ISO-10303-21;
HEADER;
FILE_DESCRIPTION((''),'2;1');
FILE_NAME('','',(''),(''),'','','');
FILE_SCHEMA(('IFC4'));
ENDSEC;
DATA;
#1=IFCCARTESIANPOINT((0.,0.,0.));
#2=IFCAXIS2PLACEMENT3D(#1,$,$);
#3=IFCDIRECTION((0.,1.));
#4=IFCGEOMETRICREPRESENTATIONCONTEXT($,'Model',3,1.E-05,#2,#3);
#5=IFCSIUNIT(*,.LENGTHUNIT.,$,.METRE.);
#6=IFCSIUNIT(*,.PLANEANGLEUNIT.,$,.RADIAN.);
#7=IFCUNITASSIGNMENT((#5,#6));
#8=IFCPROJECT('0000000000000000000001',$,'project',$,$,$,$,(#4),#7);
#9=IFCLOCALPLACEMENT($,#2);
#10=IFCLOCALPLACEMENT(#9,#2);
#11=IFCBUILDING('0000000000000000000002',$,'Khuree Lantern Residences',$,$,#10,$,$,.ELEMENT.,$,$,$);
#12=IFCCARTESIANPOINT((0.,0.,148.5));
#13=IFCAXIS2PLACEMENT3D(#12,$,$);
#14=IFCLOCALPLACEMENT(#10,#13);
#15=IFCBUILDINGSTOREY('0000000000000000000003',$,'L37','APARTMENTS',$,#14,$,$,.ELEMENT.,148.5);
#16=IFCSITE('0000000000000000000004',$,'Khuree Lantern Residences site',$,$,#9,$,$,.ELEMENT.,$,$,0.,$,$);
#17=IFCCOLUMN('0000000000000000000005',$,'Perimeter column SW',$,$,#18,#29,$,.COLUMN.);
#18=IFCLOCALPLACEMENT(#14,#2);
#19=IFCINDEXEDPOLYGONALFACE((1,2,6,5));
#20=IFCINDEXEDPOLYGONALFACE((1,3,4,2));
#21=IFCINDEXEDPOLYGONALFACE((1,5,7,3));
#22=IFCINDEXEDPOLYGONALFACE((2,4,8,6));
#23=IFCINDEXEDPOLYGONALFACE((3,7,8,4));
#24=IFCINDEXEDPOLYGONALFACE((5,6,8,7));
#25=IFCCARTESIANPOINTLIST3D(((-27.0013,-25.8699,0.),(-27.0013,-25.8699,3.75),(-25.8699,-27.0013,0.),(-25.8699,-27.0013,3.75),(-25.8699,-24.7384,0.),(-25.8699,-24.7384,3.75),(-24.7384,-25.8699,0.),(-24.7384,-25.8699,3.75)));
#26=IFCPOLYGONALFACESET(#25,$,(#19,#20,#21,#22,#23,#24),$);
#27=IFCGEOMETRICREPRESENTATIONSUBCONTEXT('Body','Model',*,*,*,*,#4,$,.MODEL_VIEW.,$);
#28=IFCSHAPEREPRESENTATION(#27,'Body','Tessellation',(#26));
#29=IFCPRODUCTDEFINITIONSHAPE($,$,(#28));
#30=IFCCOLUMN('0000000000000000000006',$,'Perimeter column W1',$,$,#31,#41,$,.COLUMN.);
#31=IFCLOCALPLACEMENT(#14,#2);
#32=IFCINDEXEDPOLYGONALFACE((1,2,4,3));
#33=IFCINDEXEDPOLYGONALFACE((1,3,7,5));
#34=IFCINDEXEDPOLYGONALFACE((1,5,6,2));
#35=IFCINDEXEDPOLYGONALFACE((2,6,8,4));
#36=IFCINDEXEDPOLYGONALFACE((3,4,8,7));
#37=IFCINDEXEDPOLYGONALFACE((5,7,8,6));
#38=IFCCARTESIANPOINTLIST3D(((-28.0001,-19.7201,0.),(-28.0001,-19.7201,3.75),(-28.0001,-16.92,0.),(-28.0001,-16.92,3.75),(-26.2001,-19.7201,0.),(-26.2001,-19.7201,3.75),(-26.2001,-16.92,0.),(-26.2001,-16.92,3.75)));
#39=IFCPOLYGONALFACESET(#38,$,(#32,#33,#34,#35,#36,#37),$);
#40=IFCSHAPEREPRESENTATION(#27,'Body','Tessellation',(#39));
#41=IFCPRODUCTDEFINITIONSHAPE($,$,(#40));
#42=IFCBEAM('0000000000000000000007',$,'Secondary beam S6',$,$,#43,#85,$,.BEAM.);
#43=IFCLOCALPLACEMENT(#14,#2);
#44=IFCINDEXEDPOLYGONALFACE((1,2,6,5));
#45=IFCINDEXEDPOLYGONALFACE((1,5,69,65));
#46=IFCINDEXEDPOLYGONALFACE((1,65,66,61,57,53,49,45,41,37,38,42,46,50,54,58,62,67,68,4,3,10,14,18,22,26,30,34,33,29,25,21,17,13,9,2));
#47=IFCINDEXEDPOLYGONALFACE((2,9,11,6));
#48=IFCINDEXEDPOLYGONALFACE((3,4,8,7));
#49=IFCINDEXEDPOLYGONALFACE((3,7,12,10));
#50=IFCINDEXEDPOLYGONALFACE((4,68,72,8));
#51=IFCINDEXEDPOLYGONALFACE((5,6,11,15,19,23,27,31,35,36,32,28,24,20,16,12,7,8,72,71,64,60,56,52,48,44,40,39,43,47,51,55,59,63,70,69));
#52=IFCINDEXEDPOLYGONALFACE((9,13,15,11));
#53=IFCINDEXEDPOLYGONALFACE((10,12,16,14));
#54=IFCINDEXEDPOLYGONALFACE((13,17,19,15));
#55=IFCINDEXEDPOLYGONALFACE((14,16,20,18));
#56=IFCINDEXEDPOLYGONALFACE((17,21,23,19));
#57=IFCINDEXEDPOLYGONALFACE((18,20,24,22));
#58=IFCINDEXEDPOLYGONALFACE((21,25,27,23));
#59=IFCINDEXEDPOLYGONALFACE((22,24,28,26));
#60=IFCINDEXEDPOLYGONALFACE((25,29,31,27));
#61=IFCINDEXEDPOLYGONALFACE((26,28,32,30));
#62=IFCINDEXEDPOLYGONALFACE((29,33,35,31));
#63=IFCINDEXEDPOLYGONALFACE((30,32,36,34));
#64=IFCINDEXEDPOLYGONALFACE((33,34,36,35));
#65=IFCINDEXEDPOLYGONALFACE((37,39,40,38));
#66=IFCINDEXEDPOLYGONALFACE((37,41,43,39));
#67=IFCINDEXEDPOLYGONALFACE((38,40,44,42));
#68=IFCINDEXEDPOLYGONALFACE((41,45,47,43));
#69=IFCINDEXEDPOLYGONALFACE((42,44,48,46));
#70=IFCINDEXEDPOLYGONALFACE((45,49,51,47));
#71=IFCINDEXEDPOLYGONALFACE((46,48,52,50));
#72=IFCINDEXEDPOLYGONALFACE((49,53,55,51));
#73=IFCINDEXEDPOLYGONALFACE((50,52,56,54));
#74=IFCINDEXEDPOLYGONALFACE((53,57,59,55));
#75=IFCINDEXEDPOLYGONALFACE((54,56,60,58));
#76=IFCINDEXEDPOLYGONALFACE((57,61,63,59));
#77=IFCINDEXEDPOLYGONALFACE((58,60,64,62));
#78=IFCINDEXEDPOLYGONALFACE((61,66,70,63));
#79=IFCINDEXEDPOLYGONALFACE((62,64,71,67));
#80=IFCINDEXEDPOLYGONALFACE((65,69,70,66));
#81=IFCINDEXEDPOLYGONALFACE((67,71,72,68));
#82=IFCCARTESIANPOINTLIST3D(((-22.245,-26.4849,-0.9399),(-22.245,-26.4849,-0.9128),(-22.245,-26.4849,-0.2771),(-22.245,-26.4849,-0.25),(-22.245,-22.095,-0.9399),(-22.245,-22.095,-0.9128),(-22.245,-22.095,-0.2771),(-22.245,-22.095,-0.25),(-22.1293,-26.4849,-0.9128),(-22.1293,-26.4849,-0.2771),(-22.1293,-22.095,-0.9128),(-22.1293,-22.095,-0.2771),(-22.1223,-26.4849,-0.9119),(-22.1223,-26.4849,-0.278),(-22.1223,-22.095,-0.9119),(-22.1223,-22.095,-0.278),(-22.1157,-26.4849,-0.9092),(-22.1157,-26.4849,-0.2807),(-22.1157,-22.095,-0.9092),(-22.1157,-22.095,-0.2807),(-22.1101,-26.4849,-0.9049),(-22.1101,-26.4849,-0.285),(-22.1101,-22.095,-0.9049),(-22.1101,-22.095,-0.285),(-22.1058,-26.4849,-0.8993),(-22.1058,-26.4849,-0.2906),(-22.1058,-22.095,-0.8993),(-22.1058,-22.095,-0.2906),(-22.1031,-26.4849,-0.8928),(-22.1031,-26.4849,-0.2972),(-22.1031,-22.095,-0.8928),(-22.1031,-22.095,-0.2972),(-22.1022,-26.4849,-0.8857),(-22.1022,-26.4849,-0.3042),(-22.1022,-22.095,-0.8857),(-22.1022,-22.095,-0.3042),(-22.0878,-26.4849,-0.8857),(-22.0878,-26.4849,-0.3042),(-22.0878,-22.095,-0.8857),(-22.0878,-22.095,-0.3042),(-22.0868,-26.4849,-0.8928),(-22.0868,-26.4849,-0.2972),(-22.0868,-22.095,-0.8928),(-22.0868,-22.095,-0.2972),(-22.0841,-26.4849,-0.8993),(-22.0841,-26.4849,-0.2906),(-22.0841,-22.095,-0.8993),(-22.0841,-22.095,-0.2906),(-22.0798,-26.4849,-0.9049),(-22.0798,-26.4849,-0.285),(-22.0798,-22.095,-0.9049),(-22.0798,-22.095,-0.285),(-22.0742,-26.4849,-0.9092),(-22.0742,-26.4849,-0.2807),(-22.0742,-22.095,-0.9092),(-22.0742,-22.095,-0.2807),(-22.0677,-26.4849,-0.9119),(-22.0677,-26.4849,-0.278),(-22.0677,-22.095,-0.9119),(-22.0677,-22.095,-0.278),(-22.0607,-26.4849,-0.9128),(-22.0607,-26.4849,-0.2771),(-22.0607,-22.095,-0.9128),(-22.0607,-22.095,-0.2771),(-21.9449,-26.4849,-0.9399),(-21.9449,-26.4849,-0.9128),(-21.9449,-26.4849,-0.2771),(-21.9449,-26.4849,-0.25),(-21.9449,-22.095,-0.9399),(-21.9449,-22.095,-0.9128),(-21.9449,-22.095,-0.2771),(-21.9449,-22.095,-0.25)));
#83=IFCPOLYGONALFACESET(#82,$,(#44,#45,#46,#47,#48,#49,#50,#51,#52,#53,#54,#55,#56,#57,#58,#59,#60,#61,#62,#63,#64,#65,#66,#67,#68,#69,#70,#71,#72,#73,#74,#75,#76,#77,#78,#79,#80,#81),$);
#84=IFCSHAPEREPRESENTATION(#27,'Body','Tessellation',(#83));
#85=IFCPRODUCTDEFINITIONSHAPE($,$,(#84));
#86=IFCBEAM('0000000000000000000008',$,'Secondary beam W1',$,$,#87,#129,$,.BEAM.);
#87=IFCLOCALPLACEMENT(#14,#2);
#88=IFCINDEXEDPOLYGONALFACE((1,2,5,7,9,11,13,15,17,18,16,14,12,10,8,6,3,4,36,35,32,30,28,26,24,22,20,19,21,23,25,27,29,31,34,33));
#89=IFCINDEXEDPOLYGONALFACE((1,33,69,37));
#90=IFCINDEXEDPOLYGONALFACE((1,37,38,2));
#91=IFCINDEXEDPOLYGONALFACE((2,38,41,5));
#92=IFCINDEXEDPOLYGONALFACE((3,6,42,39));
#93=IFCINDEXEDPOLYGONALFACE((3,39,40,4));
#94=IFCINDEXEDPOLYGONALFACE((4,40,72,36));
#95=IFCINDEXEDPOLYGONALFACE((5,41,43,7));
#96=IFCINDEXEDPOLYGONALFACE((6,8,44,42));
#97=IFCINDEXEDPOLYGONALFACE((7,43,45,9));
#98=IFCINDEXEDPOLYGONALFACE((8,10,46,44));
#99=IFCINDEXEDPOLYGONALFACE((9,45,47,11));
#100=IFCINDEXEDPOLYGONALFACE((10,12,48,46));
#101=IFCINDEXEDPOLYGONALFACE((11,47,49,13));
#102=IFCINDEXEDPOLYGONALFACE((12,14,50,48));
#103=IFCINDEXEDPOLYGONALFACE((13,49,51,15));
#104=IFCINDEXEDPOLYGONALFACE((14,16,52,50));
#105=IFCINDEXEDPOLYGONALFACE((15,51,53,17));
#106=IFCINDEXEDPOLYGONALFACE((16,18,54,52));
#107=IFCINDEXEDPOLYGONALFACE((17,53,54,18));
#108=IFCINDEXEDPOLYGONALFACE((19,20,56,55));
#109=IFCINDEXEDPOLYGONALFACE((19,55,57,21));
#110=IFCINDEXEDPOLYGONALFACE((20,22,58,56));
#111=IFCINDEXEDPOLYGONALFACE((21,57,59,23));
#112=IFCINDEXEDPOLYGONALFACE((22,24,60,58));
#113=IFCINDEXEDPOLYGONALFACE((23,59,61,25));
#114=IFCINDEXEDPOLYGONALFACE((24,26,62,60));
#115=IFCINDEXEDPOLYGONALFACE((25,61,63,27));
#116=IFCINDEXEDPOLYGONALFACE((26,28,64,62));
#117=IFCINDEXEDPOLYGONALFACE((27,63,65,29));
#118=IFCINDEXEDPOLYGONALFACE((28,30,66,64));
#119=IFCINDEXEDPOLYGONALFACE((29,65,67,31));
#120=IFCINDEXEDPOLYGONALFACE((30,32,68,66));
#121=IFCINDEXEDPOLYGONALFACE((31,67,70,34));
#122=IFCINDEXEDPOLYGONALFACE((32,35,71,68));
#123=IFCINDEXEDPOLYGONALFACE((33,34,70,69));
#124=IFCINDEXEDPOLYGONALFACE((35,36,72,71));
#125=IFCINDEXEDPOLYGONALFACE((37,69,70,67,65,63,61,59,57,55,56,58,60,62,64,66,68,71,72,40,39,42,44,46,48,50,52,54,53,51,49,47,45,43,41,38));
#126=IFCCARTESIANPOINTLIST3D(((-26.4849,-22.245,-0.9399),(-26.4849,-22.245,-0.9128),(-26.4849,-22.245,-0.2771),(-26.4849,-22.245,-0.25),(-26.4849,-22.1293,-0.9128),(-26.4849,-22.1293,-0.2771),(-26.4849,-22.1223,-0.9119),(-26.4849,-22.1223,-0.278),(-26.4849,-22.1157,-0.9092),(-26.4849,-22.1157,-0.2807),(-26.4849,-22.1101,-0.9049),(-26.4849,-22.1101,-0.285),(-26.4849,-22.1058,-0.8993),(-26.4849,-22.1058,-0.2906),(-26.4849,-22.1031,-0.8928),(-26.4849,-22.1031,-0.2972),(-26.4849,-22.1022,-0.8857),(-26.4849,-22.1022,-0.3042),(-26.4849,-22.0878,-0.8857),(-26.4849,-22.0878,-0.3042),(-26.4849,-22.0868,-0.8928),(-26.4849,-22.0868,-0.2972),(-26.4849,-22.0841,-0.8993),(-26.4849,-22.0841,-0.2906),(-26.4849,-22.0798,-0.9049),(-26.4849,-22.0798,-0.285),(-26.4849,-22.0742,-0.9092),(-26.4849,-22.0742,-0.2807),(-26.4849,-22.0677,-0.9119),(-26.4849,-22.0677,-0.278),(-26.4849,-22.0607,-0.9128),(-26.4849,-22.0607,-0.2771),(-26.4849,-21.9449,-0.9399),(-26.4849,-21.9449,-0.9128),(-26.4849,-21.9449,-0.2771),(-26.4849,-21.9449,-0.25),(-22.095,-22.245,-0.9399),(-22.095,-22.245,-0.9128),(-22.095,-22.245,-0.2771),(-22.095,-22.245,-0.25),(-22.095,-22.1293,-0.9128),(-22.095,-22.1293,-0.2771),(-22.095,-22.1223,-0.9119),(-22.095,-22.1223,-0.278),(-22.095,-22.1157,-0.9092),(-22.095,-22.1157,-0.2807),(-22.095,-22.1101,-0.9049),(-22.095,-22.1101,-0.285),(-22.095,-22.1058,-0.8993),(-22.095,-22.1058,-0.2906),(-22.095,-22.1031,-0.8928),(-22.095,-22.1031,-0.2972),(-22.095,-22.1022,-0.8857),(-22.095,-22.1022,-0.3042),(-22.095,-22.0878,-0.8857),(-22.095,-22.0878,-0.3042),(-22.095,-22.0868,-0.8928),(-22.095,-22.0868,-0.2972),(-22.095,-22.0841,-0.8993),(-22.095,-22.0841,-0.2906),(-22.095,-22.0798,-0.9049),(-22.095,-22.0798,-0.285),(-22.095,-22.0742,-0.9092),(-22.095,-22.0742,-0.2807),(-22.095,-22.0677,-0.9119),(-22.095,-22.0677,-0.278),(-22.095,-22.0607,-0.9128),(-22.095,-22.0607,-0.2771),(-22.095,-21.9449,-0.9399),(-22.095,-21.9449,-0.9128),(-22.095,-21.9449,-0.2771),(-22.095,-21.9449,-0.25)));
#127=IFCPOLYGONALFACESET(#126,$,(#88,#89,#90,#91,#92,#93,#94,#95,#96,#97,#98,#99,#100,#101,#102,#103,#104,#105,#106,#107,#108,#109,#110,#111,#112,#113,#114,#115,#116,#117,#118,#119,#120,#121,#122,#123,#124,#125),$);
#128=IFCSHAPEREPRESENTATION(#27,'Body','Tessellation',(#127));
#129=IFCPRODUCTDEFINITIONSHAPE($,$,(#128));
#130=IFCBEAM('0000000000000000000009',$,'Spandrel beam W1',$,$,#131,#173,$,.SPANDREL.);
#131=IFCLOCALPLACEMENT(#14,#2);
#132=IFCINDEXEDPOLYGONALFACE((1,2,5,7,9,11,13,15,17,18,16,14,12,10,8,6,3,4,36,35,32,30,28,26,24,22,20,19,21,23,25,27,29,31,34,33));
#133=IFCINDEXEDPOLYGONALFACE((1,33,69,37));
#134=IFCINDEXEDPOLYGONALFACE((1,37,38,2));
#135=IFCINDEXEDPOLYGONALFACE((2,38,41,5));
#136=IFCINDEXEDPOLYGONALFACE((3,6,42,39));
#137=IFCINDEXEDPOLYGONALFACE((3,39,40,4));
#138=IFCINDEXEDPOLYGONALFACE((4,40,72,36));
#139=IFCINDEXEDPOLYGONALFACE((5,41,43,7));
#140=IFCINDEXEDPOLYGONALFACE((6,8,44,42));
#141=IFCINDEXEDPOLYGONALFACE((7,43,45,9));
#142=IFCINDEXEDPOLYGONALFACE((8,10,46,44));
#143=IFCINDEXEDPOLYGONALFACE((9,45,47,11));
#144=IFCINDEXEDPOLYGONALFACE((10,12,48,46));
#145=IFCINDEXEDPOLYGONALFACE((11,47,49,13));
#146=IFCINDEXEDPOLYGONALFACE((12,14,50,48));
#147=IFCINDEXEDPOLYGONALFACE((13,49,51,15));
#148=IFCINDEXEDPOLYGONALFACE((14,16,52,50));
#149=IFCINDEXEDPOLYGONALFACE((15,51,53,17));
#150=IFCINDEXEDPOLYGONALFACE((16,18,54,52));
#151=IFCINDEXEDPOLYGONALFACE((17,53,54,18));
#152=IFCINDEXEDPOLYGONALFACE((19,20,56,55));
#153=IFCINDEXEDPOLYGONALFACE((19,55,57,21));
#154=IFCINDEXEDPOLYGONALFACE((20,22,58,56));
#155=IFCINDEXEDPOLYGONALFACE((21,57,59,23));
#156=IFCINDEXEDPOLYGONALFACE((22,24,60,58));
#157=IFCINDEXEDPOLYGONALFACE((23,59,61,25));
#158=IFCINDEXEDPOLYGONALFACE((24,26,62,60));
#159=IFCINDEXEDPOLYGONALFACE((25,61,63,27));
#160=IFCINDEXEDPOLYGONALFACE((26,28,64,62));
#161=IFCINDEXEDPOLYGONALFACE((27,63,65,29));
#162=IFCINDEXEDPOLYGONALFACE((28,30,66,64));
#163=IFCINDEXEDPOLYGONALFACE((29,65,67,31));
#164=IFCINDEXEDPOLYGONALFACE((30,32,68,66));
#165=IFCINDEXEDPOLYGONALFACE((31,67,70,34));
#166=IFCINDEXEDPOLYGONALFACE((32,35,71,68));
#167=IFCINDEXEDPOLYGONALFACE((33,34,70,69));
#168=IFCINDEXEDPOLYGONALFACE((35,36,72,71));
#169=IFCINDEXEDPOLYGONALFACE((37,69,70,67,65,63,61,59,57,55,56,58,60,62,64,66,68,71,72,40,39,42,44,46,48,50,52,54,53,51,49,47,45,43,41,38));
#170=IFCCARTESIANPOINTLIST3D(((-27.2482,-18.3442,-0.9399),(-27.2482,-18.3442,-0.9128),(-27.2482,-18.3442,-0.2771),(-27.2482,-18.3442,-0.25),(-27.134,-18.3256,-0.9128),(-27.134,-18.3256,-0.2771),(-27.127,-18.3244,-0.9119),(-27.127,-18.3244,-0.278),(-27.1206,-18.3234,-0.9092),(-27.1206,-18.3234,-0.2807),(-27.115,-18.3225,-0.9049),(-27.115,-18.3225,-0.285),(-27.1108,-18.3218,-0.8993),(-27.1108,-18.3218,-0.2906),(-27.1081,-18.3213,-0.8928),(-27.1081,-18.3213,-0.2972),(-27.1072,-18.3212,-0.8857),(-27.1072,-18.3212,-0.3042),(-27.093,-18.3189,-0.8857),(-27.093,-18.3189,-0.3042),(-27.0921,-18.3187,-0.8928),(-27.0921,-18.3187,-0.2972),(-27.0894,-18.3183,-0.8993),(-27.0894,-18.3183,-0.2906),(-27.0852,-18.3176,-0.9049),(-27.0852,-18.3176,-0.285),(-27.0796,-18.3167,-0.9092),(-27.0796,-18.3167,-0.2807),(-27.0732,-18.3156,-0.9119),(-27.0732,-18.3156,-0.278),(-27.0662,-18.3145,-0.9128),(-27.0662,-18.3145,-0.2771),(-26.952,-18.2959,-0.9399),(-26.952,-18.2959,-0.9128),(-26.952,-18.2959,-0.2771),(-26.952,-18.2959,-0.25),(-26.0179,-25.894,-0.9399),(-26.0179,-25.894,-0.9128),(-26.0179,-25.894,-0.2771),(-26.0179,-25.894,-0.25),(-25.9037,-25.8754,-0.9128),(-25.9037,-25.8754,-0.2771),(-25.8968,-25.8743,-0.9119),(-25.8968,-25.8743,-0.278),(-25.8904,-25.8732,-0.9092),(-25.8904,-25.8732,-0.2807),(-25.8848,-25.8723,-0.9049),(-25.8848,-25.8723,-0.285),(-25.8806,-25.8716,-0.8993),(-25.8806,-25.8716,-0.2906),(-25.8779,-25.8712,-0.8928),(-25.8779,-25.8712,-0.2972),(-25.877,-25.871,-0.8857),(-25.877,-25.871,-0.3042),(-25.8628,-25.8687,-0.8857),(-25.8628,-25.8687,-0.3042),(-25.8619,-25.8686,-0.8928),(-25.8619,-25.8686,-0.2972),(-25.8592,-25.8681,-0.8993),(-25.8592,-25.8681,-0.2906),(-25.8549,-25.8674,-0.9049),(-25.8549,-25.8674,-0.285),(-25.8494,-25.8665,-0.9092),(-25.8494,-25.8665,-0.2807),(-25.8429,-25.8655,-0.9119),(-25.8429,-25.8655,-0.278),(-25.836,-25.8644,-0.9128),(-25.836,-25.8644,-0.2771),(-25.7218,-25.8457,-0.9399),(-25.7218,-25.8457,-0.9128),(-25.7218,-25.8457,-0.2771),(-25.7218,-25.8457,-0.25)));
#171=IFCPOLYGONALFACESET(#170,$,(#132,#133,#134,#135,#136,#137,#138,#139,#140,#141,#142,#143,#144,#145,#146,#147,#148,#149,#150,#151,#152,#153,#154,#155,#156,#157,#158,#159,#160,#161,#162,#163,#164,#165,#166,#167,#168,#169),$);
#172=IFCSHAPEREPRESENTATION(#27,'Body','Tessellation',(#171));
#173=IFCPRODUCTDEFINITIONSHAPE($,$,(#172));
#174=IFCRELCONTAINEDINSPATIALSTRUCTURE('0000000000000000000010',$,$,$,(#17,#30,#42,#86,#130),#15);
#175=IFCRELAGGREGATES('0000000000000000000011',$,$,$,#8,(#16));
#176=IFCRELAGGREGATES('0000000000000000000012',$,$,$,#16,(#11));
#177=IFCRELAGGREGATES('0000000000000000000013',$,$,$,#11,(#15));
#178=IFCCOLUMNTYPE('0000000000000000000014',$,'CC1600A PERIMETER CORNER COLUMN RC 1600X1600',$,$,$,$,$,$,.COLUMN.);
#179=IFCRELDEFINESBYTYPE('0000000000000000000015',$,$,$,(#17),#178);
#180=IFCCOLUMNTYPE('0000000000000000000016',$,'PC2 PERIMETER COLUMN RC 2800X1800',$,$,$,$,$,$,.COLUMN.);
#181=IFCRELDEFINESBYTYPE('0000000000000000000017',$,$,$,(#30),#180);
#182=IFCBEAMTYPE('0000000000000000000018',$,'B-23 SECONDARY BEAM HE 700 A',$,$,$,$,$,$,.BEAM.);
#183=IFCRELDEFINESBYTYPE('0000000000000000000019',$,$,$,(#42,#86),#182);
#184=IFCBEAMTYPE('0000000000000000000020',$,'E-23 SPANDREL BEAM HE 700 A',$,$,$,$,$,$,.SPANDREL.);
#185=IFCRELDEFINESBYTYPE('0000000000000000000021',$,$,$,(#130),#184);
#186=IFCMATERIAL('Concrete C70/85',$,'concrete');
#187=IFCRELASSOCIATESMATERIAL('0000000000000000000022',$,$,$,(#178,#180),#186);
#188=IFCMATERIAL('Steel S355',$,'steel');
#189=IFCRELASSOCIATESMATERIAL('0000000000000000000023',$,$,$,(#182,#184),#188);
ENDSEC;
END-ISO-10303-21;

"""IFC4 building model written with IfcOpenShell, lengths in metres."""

from ifc_helpers import new_model, si_unit, direction, frame, origin, origin_2d, place, context, subcontext, project, spatial, rectangle, i_section, extrude, material, material_profile, profile_set, type_object, element, save


model = new_model("IFC4")

# Units and contexts
model_context = context("Model", 3, precision=1e-05, world=origin(), true_north=direction((0.0, 1.0)))
body_context = subcontext(model_context, "Body", "Model", "MODEL_VIEW")
ifc_project = project(units=[si_unit("LENGTHUNIT", "METRE"), si_unit("PLANEANGLEUNIT", "RADIAN")], contexts=[model_context])

# Site, building, storey
site_placement = place(None, origin())
site = spatial("IfcSite", under=ifc_project, at=site_placement, Name="Khuree Lantern Residences site", CompositionType="ELEMENT", RefElevation=0.0)
building_placement = place(site_placement, origin())
building = spatial("IfcBuilding", under=site, at=building_placement, Name="Khuree Lantern Residences", CompositionType="ELEMENT")
storey_placement = place(building_placement, frame((0.0, 0.0, 148.5)))
storey = spatial("IfcBuildingStorey", under=building, at=storey_placement, Name="L37", Description="APARTMENTS", CompositionType="ELEMENT", Elevation=148.5)

# Columns
ifc_material_1 = material(Name="Concrete C70/85", Category="concrete")
ifc_material_profile_1 = material_profile(ifc_material_1, rectangle(XDim=1.6001, YDim=1.6001, at=origin_2d()), Name="RC 1600X1600")
ifc_profile_set_1 = profile_set([ifc_material_profile_1], Name="Concrete C70/85")
column_type_1 = type_object("IfcColumnType", Name="CC1600A PERIMETER CORNER COLUMN RC 1600X1600", PredefinedType="COLUMN", material=ifc_profile_set_1)
column_1_placement = place(storey_placement, frame((-25.8699, -25.8699, 0.0), z_axis=(0.0, 0.0, 1.0), x_axis=(0.707107, -0.707107, 0.0)))
element("IfcColumn", 1, at=column_1_placement, inside=storey, type_object=column_type_1, Name="Perimeter column SW", PredefinedType="COLUMN", context=body_context, shape_type="SweptSolid", body=[
    extrude(rectangle(XDim=1.6001, YDim=1.6001, at=origin_2d()), origin(), (0.0, 0.0, 1.0), 3.75),
])
ifc_material_profile_2 = material_profile(ifc_material_1, rectangle(XDim=2.8, YDim=1.8, at=origin_2d()), Name="RC 2800X1800")
ifc_profile_set_2 = profile_set([ifc_material_profile_2], Name="Concrete C70/85")
column_type_2 = type_object("IfcColumnType", Name="PC2 PERIMETER COLUMN RC 2800X1800", PredefinedType="COLUMN", material=ifc_profile_set_2)
column_2_placement = place(storey_placement, frame((-27.1001, -18.3201, 0.0), z_axis=(0.0, 0.0, 1.0), x_axis=(0.0, 1.0, 0.0)))
element("IfcColumn", 2, at=column_2_placement, inside=storey, type_object=column_type_2, Name="Perimeter column W1", PredefinedType="COLUMN", context=body_context, shape_type="SweptSolid", body=[
    extrude(rectangle(XDim=2.8, YDim=1.8, at=origin_2d()), origin(), (0.0, 0.0, 1.0), 3.75),
])

# Beams
ifc_material_2 = material(Name="Steel S355", Category="steel")
ifc_material_profile_3 = material_profile(ifc_material_2, i_section(OverallWidth=0.3, OverallDepth=0.6899, WebThickness=0.0144, FlangeThickness=0.0271, FilletRadius=0.0271, at=origin_2d()), Name="HE 700 A")
ifc_profile_set_3 = profile_set([ifc_material_profile_3], Name="Steel S355")
beam_type_1 = type_object("IfcBeamType", Name="B-23 SECONDARY BEAM HE 700 A", PredefinedType="BEAM", material=ifc_profile_set_3)
for number, where, z_axis, x_axis, name in (
    (3, (-22.095, -26.4849, -0.595), (0.0, 1.0, 0.0), (-1.0, 0.0, 0.0), "Secondary beam S6"),
    (4, (-26.4849, -22.095, -0.595), (1.0, 0.0, 0.0), (0.0, 1.0, 0.0), "Secondary beam W1"),
):
    element("IfcBeam", number, at=place(storey_placement, frame(where, z_axis=z_axis, x_axis=x_axis)), inside=storey, type_object=beam_type_1, Name=name, PredefinedType="BEAM", context=body_context, shape_type="SweptSolid", body=[
        extrude(i_section(OverallWidth=0.3, OverallDepth=0.6899, WebThickness=0.0144, FlangeThickness=0.0271, FilletRadius=0.0271, at=origin_2d()), origin(), (0.0, 0.0, 1.0), 4.3899),
    ])
ifc_material_profile_4 = material_profile(ifc_material_2, i_section(OverallWidth=0.3, OverallDepth=0.6899, WebThickness=0.0144, FlangeThickness=0.0271, FilletRadius=0.0271, at=origin_2d()), Name="HE 700 A")
ifc_profile_set_4 = profile_set([ifc_material_profile_4], Name="Steel S355")
beam_type_2 = type_object("IfcBeamType", Name="E-23 SPANDREL BEAM HE 700 A", PredefinedType="SPANDREL", material=ifc_profile_set_4)
beam_1_placement = place(storey_placement, frame((-25.8699, -25.8699, -0.595), z_axis=(-0.160827, 0.986983, 0.0), x_axis=(-0.986983, -0.160827, 0.0)))
element("IfcBeam", 5, at=beam_1_placement, inside=storey, type_object=beam_type_2, Name="Spandrel beam W1", PredefinedType="SPANDREL", context=body_context, shape_type="SweptSolid", body=[
    extrude(i_section(OverallWidth=0.3, OverallDepth=0.6899, WebThickness=0.0144, FlangeThickness=0.0271, FilletRadius=0.0271, at=origin_2d()), origin(), (0.0, 0.0, 1.0), 7.6494),
])

save(model, "model.ifc")
